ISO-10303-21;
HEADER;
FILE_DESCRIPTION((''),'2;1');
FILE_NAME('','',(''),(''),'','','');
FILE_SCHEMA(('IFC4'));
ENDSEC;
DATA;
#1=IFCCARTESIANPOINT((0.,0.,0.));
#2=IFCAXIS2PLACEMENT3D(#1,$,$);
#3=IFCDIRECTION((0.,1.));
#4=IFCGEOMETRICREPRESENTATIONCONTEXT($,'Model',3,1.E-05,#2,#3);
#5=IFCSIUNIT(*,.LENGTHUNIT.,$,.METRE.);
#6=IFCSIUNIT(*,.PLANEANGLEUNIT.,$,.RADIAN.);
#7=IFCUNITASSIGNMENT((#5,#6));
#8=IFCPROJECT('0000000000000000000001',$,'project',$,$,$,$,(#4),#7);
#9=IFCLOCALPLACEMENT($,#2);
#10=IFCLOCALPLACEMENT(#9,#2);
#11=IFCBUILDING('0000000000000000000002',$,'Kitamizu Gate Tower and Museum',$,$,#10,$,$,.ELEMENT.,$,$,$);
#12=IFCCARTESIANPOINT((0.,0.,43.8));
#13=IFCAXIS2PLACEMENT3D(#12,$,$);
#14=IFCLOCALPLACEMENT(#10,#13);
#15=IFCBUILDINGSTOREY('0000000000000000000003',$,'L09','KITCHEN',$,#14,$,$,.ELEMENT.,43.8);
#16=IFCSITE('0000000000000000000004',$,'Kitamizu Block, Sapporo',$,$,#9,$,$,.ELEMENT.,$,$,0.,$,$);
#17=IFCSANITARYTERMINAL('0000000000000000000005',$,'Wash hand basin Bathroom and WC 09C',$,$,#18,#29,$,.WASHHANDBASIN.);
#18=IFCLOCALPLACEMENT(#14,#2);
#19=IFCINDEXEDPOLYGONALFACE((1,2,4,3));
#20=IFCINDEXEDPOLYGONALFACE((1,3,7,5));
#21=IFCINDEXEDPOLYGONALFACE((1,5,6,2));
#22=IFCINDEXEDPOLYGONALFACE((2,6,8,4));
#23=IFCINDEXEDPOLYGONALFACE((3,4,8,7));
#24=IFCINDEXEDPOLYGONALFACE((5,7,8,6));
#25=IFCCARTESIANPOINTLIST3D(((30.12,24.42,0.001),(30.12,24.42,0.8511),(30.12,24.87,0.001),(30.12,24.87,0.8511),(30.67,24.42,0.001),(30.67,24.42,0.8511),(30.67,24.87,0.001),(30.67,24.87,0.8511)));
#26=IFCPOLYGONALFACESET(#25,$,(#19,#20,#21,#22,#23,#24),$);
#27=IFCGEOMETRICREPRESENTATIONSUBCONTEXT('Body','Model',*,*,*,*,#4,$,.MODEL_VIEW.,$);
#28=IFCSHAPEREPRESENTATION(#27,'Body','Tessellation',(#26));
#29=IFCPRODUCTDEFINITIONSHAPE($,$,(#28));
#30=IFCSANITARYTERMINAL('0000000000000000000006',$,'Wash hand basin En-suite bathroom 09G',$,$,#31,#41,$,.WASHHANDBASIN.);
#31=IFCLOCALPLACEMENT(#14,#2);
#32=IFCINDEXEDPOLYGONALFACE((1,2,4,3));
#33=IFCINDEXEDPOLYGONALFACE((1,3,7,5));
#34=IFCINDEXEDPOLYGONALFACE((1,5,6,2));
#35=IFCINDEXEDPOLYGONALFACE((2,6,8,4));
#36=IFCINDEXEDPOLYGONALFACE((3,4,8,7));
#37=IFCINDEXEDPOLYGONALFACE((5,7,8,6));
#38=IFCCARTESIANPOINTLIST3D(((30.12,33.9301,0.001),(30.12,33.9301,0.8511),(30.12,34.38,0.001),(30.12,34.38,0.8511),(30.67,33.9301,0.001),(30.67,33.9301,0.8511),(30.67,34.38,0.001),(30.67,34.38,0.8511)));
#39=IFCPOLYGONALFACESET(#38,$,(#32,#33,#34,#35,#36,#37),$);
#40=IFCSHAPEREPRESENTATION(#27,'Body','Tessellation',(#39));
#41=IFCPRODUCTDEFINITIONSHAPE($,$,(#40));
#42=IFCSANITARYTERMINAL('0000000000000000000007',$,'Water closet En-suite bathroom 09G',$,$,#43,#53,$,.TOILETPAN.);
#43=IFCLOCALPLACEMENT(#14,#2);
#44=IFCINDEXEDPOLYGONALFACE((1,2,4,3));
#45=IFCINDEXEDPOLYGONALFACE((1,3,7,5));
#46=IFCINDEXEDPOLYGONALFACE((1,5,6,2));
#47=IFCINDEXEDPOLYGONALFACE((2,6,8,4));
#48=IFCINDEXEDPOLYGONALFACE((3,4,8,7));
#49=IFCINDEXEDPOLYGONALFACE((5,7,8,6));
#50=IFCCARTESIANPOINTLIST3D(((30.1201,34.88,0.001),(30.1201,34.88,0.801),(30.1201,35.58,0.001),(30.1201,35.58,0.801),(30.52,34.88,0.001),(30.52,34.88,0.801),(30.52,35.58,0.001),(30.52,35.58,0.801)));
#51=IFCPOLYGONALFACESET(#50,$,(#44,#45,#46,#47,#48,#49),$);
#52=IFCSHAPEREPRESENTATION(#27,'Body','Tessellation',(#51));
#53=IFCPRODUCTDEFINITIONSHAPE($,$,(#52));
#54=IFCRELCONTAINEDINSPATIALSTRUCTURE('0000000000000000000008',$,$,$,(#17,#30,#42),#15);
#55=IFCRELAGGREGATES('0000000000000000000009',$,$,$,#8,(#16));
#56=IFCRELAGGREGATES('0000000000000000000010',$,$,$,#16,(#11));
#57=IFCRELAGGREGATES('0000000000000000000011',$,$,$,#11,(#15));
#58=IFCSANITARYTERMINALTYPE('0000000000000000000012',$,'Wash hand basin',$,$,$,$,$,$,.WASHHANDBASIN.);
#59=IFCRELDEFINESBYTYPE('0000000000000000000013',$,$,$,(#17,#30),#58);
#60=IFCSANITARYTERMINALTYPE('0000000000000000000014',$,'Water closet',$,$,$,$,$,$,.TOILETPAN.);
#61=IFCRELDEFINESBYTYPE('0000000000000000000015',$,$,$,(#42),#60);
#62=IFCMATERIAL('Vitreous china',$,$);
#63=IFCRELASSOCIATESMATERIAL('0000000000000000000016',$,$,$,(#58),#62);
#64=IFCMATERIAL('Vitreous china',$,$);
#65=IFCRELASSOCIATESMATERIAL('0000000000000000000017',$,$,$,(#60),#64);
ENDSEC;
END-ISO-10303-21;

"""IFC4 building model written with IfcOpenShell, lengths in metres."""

from ifc_helpers import new_model, si_unit, direction, frame, origin, origin_2d, place, context, subcontext, project, spatial, rectangle, extrude, material, type_object, element, save


model = new_model("IFC4")

# Units and contexts
model_context = context("Model", 3, precision=1e-05, world=origin(), true_north=direction((0.0, 1.0)))
body_context = subcontext(model_context, "Body", "Model", "MODEL_VIEW")
ifc_project = project(units=[si_unit("LENGTHUNIT", "METRE"), si_unit("PLANEANGLEUNIT", "RADIAN")], contexts=[model_context])

# Site, building, storey
site_placement = place(None, origin())
site = spatial("IfcSite", under=ifc_project, at=site_placement, Name="Kitamizu Block, Sapporo", CompositionType="ELEMENT", RefElevation=0.0)
building_placement = place(site_placement, origin())
building = spatial("IfcBuilding", under=site, at=building_placement, Name="Kitamizu Gate Tower and Museum", CompositionType="ELEMENT")
storey_placement = place(building_placement, frame((0.0, 0.0, 43.8)))
storey = spatial("IfcBuildingStorey", under=building, at=storey_placement, Name="L09", Description="KITCHEN", CompositionType="ELEMENT", Elevation=43.8)

# Sanitary terminals
ifc_material_1 = material(Name="Vitreous china")
sanitary_terminal_type_1 = type_object("IfcSanitaryTerminalType", Name="Wash hand basin", PredefinedType="WASHHANDBASIN", material=ifc_material_1)
for number, where, z_axis, x_axis, name in (
    (1, (30.395, 24.645, 0.001), (0.0, 0.0, 1.0), (1.0, 0.0, 0.0), "Wash hand basin Bathroom and WC 09C"),
    (2, (30.395, 34.155, 0.001), (0.0, 0.0, 1.0), (1.0, 0.0, 0.0), "Wash hand basin En-suite bathroom 09G"),
):
    element("IfcSanitaryTerminal", number, at=place(storey_placement, frame(where, z_axis=z_axis, x_axis=x_axis)), inside=storey, type_object=sanitary_terminal_type_1, Name=name, PredefinedType="WASHHANDBASIN", context=body_context, shape_type="SweptSolid", body=[
        extrude(rectangle(XDim=0.55, YDim=0.45, at=origin_2d()), origin(), (0.0, 0.0, 1.0), 0.8501),
    ])
ifc_material_2 = material(Name="Vitreous china")
sanitary_terminal_type_2 = type_object("IfcSanitaryTerminalType", Name="Water closet", PredefinedType="TOILETPAN", material=ifc_material_2)
sanitary_terminal_1_placement = place(storey_placement, frame((30.3201, 35.23, 0.001), z_axis=(0.0, 0.0, 1.0), x_axis=(1.0, 0.0, 0.0)))
element("IfcSanitaryTerminal", 3, at=sanitary_terminal_1_placement, inside=storey, type_object=sanitary_terminal_type_2, Name="Water closet En-suite bathroom 09G", PredefinedType="TOILETPAN", context=body_context, shape_type="SweptSolid", body=[
    extrude(rectangle(XDim=0.3999, YDim=0.7, at=origin_2d()), origin(), (0.0, 0.0, 1.0), 0.8),
])

save(model, "model.ifc")
